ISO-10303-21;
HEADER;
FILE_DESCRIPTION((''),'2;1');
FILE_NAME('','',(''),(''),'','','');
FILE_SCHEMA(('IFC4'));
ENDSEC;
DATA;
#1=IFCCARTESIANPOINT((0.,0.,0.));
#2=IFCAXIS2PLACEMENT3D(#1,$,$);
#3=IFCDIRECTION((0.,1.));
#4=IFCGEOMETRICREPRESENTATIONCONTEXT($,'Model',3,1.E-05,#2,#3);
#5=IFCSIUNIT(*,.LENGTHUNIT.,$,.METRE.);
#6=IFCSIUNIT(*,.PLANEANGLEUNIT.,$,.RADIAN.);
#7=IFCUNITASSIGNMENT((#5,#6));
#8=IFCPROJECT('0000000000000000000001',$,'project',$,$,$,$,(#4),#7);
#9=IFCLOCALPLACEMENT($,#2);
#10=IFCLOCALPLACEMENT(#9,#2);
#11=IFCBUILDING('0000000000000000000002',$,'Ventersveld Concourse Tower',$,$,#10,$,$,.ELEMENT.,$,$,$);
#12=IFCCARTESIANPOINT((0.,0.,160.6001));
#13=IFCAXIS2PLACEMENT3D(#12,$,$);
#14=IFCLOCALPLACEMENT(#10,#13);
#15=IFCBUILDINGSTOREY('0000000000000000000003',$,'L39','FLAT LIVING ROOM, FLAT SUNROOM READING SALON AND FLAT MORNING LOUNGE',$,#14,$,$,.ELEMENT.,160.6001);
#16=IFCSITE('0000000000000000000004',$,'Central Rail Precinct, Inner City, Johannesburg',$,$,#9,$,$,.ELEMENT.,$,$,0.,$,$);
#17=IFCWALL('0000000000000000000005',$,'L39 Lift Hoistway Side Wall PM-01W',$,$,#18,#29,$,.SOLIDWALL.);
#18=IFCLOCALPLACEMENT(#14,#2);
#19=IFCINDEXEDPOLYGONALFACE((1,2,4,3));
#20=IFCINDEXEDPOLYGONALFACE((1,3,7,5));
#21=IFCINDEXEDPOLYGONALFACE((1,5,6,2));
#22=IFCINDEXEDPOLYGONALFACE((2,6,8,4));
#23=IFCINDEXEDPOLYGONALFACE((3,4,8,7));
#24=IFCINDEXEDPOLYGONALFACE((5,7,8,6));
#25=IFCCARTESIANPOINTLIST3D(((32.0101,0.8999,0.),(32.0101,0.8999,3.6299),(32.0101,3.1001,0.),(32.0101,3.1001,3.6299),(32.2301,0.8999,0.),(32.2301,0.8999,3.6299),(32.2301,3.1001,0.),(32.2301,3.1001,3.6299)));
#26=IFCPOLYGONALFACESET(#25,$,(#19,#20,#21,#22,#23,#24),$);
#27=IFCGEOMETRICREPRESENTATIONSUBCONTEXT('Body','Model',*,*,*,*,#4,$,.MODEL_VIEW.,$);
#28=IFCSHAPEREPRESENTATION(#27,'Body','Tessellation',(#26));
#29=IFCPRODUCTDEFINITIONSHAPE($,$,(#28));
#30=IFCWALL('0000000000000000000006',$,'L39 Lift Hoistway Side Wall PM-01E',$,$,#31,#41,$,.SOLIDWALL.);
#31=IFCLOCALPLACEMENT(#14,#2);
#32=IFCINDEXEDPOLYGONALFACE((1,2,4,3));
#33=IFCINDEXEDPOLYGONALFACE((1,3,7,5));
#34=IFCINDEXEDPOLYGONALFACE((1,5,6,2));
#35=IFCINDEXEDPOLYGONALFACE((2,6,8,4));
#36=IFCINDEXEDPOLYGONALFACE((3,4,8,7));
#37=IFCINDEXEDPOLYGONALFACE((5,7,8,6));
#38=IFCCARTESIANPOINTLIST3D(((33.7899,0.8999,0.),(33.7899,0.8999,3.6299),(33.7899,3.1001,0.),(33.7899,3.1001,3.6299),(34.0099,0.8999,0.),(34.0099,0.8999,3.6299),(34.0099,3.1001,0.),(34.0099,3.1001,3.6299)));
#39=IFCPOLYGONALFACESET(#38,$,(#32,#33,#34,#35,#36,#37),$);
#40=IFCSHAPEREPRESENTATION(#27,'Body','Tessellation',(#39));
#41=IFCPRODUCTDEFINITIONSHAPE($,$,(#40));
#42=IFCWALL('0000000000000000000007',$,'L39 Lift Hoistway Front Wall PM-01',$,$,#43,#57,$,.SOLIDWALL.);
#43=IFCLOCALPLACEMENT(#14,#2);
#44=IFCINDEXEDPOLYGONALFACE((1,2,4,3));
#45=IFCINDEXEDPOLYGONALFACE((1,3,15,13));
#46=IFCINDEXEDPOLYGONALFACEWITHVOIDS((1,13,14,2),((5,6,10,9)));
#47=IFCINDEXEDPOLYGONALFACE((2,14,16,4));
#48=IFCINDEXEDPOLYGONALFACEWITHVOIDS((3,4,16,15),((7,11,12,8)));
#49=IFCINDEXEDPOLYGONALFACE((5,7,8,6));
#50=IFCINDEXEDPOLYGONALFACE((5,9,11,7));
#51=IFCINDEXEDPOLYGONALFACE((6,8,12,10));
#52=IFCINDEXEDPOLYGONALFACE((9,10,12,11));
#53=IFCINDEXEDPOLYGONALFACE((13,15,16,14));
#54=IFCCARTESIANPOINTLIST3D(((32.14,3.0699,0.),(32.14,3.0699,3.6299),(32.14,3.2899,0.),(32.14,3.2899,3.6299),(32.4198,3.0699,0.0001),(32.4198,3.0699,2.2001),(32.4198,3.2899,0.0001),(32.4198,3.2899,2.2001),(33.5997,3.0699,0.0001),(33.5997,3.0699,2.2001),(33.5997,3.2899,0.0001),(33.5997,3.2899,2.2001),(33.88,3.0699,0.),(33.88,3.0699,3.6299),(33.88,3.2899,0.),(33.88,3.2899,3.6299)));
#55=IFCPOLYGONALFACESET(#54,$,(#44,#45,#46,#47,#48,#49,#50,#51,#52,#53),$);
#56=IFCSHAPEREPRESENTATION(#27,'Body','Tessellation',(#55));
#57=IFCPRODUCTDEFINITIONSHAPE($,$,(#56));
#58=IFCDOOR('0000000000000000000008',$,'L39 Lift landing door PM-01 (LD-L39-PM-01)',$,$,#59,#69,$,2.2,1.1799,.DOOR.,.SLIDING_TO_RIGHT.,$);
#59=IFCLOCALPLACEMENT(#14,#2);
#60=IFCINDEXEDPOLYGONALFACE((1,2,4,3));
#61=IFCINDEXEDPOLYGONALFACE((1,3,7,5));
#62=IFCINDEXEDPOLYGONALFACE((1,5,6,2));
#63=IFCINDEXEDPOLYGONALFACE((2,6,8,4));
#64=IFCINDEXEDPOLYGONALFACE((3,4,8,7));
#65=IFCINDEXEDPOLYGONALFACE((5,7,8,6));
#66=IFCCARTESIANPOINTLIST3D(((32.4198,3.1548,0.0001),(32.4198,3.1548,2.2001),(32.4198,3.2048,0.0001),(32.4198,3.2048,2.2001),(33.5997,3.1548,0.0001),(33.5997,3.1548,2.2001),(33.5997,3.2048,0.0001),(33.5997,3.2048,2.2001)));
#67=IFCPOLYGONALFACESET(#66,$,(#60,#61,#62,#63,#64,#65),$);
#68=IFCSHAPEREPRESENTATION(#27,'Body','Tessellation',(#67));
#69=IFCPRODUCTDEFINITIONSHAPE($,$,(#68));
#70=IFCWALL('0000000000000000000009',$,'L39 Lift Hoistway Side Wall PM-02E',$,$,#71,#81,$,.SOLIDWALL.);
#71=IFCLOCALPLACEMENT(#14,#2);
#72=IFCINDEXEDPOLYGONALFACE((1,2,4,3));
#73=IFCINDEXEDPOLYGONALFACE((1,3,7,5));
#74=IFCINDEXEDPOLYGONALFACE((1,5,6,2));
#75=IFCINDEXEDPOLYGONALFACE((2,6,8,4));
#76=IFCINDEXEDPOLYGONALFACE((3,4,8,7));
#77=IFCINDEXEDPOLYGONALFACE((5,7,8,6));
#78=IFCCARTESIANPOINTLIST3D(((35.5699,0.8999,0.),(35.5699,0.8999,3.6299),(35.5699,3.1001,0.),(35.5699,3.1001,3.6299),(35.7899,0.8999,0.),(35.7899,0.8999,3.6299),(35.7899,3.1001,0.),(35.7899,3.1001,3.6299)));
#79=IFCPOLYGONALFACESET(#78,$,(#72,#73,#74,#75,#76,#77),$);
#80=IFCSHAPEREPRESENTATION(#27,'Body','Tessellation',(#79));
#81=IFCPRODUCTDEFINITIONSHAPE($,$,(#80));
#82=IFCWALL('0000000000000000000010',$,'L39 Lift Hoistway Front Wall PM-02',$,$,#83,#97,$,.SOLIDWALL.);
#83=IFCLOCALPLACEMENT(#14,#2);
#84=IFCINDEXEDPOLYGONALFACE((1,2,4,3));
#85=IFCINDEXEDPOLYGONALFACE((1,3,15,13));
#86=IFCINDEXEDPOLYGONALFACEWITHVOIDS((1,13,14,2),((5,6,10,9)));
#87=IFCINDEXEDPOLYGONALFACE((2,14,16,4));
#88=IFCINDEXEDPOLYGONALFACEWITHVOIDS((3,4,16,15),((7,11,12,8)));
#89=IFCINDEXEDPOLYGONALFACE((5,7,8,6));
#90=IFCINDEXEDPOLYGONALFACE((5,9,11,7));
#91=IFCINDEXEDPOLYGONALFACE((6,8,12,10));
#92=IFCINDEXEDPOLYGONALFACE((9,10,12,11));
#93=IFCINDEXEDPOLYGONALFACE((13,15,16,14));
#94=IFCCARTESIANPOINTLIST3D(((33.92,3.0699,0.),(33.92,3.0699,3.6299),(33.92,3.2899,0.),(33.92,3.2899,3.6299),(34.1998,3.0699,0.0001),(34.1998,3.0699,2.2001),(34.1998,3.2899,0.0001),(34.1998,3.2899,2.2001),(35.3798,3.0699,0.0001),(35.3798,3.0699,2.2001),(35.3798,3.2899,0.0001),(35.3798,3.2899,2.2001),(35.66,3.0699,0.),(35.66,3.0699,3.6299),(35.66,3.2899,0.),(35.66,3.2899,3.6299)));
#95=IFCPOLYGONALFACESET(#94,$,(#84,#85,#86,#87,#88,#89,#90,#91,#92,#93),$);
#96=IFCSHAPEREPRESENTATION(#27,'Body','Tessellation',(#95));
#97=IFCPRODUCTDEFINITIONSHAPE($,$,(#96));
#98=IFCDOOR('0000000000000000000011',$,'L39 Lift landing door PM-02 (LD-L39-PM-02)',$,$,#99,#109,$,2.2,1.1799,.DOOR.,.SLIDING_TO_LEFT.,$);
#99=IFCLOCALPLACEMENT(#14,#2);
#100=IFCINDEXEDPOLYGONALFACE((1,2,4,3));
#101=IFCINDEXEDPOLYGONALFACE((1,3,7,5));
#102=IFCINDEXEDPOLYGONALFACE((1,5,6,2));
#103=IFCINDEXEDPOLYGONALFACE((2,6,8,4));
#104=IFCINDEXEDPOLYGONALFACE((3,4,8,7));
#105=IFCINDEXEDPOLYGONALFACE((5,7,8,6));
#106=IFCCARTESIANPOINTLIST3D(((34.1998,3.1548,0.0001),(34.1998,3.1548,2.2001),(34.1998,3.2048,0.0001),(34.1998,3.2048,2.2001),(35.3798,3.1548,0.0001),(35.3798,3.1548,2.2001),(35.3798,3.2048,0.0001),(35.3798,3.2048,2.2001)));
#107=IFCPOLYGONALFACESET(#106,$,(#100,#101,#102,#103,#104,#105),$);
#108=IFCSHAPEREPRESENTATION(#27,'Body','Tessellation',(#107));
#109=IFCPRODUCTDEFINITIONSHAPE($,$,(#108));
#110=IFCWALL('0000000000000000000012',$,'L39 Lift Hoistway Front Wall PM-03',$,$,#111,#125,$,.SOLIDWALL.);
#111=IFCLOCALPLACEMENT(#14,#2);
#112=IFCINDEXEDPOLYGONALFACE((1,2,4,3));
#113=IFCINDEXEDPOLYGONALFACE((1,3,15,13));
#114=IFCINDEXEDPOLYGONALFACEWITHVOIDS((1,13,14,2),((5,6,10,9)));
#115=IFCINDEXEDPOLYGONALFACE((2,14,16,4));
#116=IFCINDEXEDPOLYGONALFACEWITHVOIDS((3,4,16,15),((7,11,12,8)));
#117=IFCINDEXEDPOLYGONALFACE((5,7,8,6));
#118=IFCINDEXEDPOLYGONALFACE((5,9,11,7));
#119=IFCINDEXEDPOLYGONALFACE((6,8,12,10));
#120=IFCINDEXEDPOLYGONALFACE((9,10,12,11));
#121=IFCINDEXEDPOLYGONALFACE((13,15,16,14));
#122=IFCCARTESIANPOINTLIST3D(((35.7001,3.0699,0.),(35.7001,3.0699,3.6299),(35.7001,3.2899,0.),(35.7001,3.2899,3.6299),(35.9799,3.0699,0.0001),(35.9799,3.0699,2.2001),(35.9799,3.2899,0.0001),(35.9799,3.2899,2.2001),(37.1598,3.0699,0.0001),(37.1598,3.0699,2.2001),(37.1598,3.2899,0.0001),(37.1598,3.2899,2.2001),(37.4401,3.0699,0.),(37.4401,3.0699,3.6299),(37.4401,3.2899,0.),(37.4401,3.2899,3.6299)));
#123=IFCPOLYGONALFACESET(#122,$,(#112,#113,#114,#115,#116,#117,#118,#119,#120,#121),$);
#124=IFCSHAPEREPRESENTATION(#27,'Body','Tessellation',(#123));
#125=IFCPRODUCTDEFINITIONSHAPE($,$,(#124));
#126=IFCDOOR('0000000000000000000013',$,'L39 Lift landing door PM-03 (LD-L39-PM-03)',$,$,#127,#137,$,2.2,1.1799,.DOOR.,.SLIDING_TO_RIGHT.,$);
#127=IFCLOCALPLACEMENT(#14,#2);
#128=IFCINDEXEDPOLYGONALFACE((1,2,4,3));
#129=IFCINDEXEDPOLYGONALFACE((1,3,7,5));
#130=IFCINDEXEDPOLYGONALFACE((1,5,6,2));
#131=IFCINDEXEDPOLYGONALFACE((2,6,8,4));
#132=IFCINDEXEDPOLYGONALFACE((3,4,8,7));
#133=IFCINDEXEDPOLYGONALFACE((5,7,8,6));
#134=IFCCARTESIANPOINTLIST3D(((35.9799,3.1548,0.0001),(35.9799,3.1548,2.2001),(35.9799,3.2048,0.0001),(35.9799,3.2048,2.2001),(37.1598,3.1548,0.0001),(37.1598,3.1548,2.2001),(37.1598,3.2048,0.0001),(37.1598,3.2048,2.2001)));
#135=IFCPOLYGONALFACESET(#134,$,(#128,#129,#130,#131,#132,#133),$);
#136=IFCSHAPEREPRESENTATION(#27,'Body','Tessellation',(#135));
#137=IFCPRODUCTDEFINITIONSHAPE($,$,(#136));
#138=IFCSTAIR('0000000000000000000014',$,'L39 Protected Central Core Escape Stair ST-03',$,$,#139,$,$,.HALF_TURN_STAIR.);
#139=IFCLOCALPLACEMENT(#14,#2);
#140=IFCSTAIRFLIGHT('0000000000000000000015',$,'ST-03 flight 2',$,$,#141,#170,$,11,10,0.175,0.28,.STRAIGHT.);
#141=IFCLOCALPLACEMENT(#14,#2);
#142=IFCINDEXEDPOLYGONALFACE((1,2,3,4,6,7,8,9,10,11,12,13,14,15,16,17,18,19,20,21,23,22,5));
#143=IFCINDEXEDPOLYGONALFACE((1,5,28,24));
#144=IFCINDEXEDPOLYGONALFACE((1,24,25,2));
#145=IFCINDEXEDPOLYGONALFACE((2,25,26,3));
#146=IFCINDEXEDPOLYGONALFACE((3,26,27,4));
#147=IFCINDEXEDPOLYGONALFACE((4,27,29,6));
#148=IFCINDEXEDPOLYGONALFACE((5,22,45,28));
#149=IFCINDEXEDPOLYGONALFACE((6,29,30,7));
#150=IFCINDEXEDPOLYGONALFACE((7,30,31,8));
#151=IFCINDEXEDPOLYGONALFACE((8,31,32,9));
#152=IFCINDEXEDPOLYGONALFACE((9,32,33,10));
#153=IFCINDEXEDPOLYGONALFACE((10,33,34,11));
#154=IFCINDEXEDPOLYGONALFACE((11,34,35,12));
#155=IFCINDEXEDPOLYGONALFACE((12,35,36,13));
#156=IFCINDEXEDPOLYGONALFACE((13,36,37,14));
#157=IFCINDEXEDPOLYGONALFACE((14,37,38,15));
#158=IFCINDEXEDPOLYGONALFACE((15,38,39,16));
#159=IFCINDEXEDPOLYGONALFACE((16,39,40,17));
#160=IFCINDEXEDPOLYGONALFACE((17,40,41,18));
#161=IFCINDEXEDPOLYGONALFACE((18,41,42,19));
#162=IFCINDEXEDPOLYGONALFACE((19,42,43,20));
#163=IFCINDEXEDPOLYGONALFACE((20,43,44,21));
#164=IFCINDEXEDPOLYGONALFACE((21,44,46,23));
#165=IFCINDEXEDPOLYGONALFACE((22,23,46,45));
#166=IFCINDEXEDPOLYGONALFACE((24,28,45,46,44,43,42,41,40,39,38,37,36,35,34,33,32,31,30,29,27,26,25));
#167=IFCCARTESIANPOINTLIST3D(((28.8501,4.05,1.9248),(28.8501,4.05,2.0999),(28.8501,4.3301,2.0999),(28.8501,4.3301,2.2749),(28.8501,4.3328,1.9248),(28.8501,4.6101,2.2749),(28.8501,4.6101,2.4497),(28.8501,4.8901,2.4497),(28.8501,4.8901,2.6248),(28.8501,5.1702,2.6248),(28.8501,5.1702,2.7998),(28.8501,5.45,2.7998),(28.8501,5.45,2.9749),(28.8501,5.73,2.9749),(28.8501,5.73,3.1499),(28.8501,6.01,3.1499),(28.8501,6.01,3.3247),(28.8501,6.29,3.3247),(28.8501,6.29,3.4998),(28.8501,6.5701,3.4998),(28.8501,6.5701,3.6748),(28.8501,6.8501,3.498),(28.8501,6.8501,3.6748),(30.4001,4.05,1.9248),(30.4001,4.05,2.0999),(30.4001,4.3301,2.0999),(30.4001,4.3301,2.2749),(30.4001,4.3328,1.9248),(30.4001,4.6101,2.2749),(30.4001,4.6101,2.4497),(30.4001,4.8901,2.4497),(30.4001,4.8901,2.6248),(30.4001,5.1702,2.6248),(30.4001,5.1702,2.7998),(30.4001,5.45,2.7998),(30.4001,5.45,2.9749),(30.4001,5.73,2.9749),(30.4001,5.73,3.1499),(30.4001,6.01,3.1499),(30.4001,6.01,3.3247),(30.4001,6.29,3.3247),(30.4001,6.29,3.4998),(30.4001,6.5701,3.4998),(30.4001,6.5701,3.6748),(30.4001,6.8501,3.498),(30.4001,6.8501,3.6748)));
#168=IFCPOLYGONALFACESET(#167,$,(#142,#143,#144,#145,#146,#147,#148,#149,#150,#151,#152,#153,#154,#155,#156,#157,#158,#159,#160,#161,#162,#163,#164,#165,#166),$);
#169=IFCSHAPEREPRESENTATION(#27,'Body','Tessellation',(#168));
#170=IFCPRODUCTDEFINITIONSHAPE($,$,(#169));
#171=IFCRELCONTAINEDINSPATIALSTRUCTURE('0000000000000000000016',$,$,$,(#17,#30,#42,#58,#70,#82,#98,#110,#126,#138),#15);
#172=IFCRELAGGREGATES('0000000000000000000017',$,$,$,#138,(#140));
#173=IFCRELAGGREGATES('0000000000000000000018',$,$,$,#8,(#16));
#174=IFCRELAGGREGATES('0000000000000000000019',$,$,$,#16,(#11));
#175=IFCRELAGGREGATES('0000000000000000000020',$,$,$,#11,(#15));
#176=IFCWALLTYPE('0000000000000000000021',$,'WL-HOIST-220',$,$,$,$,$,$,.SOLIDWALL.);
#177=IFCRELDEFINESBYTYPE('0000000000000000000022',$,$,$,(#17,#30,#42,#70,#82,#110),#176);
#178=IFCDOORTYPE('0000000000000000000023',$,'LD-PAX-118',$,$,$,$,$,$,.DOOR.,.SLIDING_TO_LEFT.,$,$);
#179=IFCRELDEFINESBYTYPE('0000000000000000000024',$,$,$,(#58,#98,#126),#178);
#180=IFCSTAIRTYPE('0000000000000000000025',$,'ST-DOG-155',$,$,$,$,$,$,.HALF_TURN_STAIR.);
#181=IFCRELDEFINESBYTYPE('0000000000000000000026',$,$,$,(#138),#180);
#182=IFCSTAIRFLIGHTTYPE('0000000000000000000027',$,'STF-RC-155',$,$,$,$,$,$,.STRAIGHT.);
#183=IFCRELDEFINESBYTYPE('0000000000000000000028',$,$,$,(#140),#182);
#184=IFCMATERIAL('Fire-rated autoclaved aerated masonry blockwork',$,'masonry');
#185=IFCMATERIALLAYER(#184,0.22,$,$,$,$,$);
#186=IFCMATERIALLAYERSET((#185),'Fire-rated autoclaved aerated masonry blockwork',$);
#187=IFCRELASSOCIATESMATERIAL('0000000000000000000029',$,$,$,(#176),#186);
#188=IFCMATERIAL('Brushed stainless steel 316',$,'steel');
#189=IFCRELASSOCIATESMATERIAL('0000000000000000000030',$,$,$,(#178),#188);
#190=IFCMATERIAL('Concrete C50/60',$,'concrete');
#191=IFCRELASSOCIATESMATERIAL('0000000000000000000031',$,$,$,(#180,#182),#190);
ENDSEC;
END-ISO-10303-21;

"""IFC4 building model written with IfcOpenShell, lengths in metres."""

from ifc_helpers import new_model, si_unit, direction, frame, frame_2d, origin, place, context, subcontext, project, spatial, polyline, rectangle, outline, extrude, material, layer, layer_set, type_object, element, fill, aggregate, save


model = new_model("IFC4")

# Units and contexts
model_context = context("Model", 3, precision=1e-05, world=origin(), true_north=direction((0.0, 1.0)))
body_context = subcontext(model_context, "Body", "Model", "MODEL_VIEW")
ifc_project = project(units=[si_unit("LENGTHUNIT", "METRE"), si_unit("PLANEANGLEUNIT", "RADIAN")], contexts=[model_context])

# Site, building, storey
site_placement = place(None, origin())
site = spatial("IfcSite", under=ifc_project, at=site_placement, Name="Central Rail Precinct, Inner City, Johannesburg", CompositionType="ELEMENT", RefElevation=0.0)
building_placement = place(site_placement, origin())
building = spatial("IfcBuilding", under=site, at=building_placement, Name="Ventersveld Concourse Tower", CompositionType="ELEMENT")
storey_placement = place(building_placement, frame((0.0, 0.0, 160.6001)))
storey = spatial("IfcBuildingStorey", under=building, at=storey_placement, Name="L39", Description="FLAT LIVING ROOM, FLAT SUNROOM READING SALON AND FLAT MORNING LOUNGE", CompositionType="ELEMENT", Elevation=160.6001)

# Shared definitions
ifc_material_1 = material(Name="Concrete C50/60", Category="concrete")

# Walls
ifc_material_2 = material(Name="Fire-rated autoclaved aerated masonry blockwork", Category="masonry")
ifc_layer_1 = layer(ifc_material_2, 0.22)
ifc_layer_set_1 = layer_set([ifc_layer_1], Name="Fire-rated autoclaved aerated masonry blockwork")
wall_type_1 = type_object("IfcWallType", Name="WL-HOIST-220", PredefinedType="SOLIDWALL", material=ifc_layer_set_1)
for number, where, z_axis, x_axis, name in (
    (1, (32.1201, 0.8999, 0.0), (0.0, 0.0, 1.0), (0.0, 1.0, 0.0), "L39 Lift Hoistway Side Wall PM-01W"),
    (2, (33.8999, 0.8999, 0.0), (0.0, 0.0, 1.0), (0.0, 1.0, 0.0), "L39 Lift Hoistway Side Wall PM-01E"),
):
    element("IfcWall", number, at=place(storey_placement, frame(where, z_axis=z_axis, x_axis=x_axis)), inside=storey, type_object=wall_type_1, Name=name, PredefinedType="SOLIDWALL", context=body_context, shape_type="SweptSolid", body=[
        extrude(rectangle(XDim=2.2002, YDim=0.22, at=frame_2d((1.1001, 0.0))), origin(), (0.0, 0.0, 1.0), 3.6299),
    ])

# Wall, opening, door
wall_1_placement = place(storey_placement, frame((32.1399, 3.1799, 0.0), z_axis=(0.0, 0.0, 1.0), x_axis=(1.0, 0.0, 0.0)))
wall_1 = element("IfcWall", 3, at=wall_1_placement, inside=storey, type_object=wall_type_1, Name="L39 Lift Hoistway Front Wall PM-01", PredefinedType="SOLIDWALL", context=body_context, shape_type="SweptSolid", body=[
    extrude(rectangle(XDim=1.74, YDim=0.22, at=frame_2d((0.8701, 0.0))), origin(), (0.0, 0.0, 1.0), 3.6299),
])
opening_1_placement = place(wall_1_placement, frame((0.28, 0.0, 0.0)))
opening_1 = element("IfcOpeningElement", 4, at=opening_1_placement, cuts=wall_1, PredefinedType="OPENING", context=body_context, shape_type="SweptSolid", body=[
    extrude(rectangle(XDim=1.1799, YDim=2.2, at=frame_2d((0.5898, 1.1001))), frame((0.0, 0.1201, 0.0), z_axis=(0.0, -1.0, 0.0), x_axis=(1.0, 0.0, 0.0)), (0.0, 0.0, 1.0), 0.24),
])
ifc_material_3 = material(Name="Brushed stainless steel 316", Category="steel")
door_type = type_object("IfcDoorType", Name="LD-PAX-118", OperationType="SLIDING_TO_LEFT", PredefinedType="DOOR", material=ifc_material_3)
door_1_placement = place(opening_1_placement, origin())
door_1 = element("IfcDoor", 5, at=door_1_placement, inside=storey, type_object=door_type, Name="L39 Lift landing door PM-01 (LD-L39-PM-01)", OperationType="SLIDING_TO_RIGHT", OverallHeight=2.2, OverallWidth=1.1799, PredefinedType="DOOR", context=body_context, shape_type="SweptSolid", body=[
    extrude(rectangle(XDim=1.1799, YDim=2.2, at=frame_2d((0.5898, 1.1001))), frame((0.0, 0.0249, 0.0), z_axis=(0.0, -1.0, 0.0), x_axis=(1.0, 0.0, 0.0)), (0.0, 0.0, 1.0), 0.05),
])
fill(opening_1, door_1)

# Wall
wall_2_placement = place(storey_placement, frame((35.6799, 0.8999, 0.0), z_axis=(0.0, 0.0, 1.0), x_axis=(0.0, 1.0, 0.0)))
element("IfcWall", 6, at=wall_2_placement, inside=storey, type_object=wall_type_1, Name="L39 Lift Hoistway Side Wall PM-02E", PredefinedType="SOLIDWALL", context=body_context, shape_type="SweptSolid", body=[
    extrude(rectangle(XDim=2.2002, YDim=0.22, at=frame_2d((1.1001, 0.0))), origin(), (0.0, 0.0, 1.0), 3.6299),
])

# Walls, openings, doors
wall_3_placement = place(storey_placement, frame((33.9199, 3.1799, 0.0), z_axis=(0.0, 0.0, 1.0), x_axis=(1.0, 0.0, 0.0)))
wall_3 = element("IfcWall", 7, at=wall_3_placement, inside=storey, type_object=wall_type_1, Name="L39 Lift Hoistway Front Wall PM-02", PredefinedType="SOLIDWALL", context=body_context, shape_type="SweptSolid", body=[
    extrude(rectangle(XDim=1.74, YDim=0.22, at=frame_2d((0.8701, 0.0))), origin(), (0.0, 0.0, 1.0), 3.6299),
])
opening_2_placement = place(wall_3_placement, frame((0.28, 0.0, 0.0)))
opening_2 = element("IfcOpeningElement", 8, at=opening_2_placement, cuts=wall_3, PredefinedType="OPENING", context=body_context, shape_type="SweptSolid", body=[
    extrude(rectangle(XDim=1.1799, YDim=2.2, at=frame_2d((0.5898, 1.1001))), frame((0.0, 0.1201, 0.0), z_axis=(0.0, -1.0, 0.0), x_axis=(1.0, 0.0, 0.0)), (0.0, 0.0, 1.0), 0.24),
])
door_2_placement = place(opening_2_placement, origin())
door_2 = element("IfcDoor", 9, at=door_2_placement, inside=storey, type_object=door_type, Name="L39 Lift landing door PM-02 (LD-L39-PM-02)", OperationType="SLIDING_TO_LEFT", OverallHeight=2.2, OverallWidth=1.1799, PredefinedType="DOOR", context=body_context, shape_type="SweptSolid", body=[
    extrude(rectangle(XDim=1.1799, YDim=2.2, at=frame_2d((0.5898, 1.1001))), frame((0.0, 0.0249, 0.0), z_axis=(0.0, -1.0, 0.0), x_axis=(1.0, 0.0, 0.0)), (0.0, 0.0, 1.0), 0.05),
])
fill(opening_2, door_2)
wall_4_placement = place(storey_placement, frame((35.7, 3.1799, 0.0), z_axis=(0.0, 0.0, 1.0), x_axis=(1.0, 0.0, 0.0)))
wall_4 = element("IfcWall", 10, at=wall_4_placement, inside=storey, type_object=wall_type_1, Name="L39 Lift Hoistway Front Wall PM-03", PredefinedType="SOLIDWALL", context=body_context, shape_type="SweptSolid", body=[
    extrude(rectangle(XDim=1.74, YDim=0.22, at=frame_2d((0.8701, 0.0))), origin(), (0.0, 0.0, 1.0), 3.6299),
])
opening_3_placement = place(wall_4_placement, frame((0.28, 0.0, 0.0)))
opening_3 = element("IfcOpeningElement", 11, at=opening_3_placement, cuts=wall_4, PredefinedType="OPENING", context=body_context, shape_type="SweptSolid", body=[
    extrude(rectangle(XDim=1.1799, YDim=2.2, at=frame_2d((0.5898, 1.1001))), frame((0.0, 0.1201, 0.0), z_axis=(0.0, -1.0, 0.0), x_axis=(1.0, 0.0, 0.0)), (0.0, 0.0, 1.0), 0.24),
])
door_3_placement = place(opening_3_placement, origin())
door_3 = element("IfcDoor", 12, at=door_3_placement, inside=storey, type_object=door_type, Name="L39 Lift landing door PM-03 (LD-L39-PM-03)", OperationType="SLIDING_TO_RIGHT", OverallHeight=2.2, OverallWidth=1.1799, PredefinedType="DOOR", context=body_context, shape_type="SweptSolid", body=[
    extrude(rectangle(XDim=1.1799, YDim=2.2, at=frame_2d((0.5898, 1.1001))), frame((0.0, 0.0249, 0.0), z_axis=(0.0, -1.0, 0.0), x_axis=(1.0, 0.0, 0.0)), (0.0, 0.0, 1.0), 0.05),
])
fill(opening_3, door_3)

# Stair, stair flight
stair_type = type_object("IfcStairType", Name="ST-DOG-155", PredefinedType="HALF_TURN_STAIR", material=ifc_material_1)
stair_placement = place(storey_placement, origin())
stair = element("IfcStair", 13, at=stair_placement, inside=storey, type_object=stair_type, Name="L39 Protected Central Core Escape Stair ST-03", PredefinedType="HALF_TURN_STAIR")
stair_flight_type = type_object("IfcStairFlightType", Name="STF-RC-155", PredefinedType="STRAIGHT", material=ifc_material_1)
stair_flight_placement = place(storey_placement, frame((29.625, 4.05, 1.9248), z_axis=(0.0, 0.0, 1.0), x_axis=(0.0, 1.0, 0.0)))
stair_flight = element("IfcStairFlight", 14, at=stair_flight_placement, type_object=stair_flight_type, Name="ST-03 flight 2", NumberOfRisers=11, NumberOfTreads=10, PredefinedType="STRAIGHT", RiserHeight=0.175, TreadLength=0.28, context=body_context, shape_type="SweptSolid", body=[
    extrude(outline(polyline([(0.0, 0.0), (0.0, 0.175), (0.28, 0.175), (0.28, 0.3501), (0.5601, 0.3501), (0.5601, 0.5249), (0.8401, 0.5249), (0.8401, 0.7), (1.1201, 0.7), (1.1201, 0.875), (1.3999, 0.875), (1.3999, 1.05), (1.6799, 1.05), (1.6799, 1.2251), (1.96, 1.2251), (1.96, 1.3999), (2.24, 1.3999), (2.24, 1.575), (2.52, 1.575), (2.52, 1.75), (2.8, 1.75), (2.8, 1.925), (2.8, 1.5732), (0.2827, 0.0), (0.0, 0.0)])), frame((0.0, 0.7749, 0.0), z_axis=(0.0, -1.0, 0.0), x_axis=(1.0, 0.0, 0.0)), (0.0, 0.0, 1.0), 1.55),
])
aggregate(stair, [stair_flight])

save(model, "model.ifc")
